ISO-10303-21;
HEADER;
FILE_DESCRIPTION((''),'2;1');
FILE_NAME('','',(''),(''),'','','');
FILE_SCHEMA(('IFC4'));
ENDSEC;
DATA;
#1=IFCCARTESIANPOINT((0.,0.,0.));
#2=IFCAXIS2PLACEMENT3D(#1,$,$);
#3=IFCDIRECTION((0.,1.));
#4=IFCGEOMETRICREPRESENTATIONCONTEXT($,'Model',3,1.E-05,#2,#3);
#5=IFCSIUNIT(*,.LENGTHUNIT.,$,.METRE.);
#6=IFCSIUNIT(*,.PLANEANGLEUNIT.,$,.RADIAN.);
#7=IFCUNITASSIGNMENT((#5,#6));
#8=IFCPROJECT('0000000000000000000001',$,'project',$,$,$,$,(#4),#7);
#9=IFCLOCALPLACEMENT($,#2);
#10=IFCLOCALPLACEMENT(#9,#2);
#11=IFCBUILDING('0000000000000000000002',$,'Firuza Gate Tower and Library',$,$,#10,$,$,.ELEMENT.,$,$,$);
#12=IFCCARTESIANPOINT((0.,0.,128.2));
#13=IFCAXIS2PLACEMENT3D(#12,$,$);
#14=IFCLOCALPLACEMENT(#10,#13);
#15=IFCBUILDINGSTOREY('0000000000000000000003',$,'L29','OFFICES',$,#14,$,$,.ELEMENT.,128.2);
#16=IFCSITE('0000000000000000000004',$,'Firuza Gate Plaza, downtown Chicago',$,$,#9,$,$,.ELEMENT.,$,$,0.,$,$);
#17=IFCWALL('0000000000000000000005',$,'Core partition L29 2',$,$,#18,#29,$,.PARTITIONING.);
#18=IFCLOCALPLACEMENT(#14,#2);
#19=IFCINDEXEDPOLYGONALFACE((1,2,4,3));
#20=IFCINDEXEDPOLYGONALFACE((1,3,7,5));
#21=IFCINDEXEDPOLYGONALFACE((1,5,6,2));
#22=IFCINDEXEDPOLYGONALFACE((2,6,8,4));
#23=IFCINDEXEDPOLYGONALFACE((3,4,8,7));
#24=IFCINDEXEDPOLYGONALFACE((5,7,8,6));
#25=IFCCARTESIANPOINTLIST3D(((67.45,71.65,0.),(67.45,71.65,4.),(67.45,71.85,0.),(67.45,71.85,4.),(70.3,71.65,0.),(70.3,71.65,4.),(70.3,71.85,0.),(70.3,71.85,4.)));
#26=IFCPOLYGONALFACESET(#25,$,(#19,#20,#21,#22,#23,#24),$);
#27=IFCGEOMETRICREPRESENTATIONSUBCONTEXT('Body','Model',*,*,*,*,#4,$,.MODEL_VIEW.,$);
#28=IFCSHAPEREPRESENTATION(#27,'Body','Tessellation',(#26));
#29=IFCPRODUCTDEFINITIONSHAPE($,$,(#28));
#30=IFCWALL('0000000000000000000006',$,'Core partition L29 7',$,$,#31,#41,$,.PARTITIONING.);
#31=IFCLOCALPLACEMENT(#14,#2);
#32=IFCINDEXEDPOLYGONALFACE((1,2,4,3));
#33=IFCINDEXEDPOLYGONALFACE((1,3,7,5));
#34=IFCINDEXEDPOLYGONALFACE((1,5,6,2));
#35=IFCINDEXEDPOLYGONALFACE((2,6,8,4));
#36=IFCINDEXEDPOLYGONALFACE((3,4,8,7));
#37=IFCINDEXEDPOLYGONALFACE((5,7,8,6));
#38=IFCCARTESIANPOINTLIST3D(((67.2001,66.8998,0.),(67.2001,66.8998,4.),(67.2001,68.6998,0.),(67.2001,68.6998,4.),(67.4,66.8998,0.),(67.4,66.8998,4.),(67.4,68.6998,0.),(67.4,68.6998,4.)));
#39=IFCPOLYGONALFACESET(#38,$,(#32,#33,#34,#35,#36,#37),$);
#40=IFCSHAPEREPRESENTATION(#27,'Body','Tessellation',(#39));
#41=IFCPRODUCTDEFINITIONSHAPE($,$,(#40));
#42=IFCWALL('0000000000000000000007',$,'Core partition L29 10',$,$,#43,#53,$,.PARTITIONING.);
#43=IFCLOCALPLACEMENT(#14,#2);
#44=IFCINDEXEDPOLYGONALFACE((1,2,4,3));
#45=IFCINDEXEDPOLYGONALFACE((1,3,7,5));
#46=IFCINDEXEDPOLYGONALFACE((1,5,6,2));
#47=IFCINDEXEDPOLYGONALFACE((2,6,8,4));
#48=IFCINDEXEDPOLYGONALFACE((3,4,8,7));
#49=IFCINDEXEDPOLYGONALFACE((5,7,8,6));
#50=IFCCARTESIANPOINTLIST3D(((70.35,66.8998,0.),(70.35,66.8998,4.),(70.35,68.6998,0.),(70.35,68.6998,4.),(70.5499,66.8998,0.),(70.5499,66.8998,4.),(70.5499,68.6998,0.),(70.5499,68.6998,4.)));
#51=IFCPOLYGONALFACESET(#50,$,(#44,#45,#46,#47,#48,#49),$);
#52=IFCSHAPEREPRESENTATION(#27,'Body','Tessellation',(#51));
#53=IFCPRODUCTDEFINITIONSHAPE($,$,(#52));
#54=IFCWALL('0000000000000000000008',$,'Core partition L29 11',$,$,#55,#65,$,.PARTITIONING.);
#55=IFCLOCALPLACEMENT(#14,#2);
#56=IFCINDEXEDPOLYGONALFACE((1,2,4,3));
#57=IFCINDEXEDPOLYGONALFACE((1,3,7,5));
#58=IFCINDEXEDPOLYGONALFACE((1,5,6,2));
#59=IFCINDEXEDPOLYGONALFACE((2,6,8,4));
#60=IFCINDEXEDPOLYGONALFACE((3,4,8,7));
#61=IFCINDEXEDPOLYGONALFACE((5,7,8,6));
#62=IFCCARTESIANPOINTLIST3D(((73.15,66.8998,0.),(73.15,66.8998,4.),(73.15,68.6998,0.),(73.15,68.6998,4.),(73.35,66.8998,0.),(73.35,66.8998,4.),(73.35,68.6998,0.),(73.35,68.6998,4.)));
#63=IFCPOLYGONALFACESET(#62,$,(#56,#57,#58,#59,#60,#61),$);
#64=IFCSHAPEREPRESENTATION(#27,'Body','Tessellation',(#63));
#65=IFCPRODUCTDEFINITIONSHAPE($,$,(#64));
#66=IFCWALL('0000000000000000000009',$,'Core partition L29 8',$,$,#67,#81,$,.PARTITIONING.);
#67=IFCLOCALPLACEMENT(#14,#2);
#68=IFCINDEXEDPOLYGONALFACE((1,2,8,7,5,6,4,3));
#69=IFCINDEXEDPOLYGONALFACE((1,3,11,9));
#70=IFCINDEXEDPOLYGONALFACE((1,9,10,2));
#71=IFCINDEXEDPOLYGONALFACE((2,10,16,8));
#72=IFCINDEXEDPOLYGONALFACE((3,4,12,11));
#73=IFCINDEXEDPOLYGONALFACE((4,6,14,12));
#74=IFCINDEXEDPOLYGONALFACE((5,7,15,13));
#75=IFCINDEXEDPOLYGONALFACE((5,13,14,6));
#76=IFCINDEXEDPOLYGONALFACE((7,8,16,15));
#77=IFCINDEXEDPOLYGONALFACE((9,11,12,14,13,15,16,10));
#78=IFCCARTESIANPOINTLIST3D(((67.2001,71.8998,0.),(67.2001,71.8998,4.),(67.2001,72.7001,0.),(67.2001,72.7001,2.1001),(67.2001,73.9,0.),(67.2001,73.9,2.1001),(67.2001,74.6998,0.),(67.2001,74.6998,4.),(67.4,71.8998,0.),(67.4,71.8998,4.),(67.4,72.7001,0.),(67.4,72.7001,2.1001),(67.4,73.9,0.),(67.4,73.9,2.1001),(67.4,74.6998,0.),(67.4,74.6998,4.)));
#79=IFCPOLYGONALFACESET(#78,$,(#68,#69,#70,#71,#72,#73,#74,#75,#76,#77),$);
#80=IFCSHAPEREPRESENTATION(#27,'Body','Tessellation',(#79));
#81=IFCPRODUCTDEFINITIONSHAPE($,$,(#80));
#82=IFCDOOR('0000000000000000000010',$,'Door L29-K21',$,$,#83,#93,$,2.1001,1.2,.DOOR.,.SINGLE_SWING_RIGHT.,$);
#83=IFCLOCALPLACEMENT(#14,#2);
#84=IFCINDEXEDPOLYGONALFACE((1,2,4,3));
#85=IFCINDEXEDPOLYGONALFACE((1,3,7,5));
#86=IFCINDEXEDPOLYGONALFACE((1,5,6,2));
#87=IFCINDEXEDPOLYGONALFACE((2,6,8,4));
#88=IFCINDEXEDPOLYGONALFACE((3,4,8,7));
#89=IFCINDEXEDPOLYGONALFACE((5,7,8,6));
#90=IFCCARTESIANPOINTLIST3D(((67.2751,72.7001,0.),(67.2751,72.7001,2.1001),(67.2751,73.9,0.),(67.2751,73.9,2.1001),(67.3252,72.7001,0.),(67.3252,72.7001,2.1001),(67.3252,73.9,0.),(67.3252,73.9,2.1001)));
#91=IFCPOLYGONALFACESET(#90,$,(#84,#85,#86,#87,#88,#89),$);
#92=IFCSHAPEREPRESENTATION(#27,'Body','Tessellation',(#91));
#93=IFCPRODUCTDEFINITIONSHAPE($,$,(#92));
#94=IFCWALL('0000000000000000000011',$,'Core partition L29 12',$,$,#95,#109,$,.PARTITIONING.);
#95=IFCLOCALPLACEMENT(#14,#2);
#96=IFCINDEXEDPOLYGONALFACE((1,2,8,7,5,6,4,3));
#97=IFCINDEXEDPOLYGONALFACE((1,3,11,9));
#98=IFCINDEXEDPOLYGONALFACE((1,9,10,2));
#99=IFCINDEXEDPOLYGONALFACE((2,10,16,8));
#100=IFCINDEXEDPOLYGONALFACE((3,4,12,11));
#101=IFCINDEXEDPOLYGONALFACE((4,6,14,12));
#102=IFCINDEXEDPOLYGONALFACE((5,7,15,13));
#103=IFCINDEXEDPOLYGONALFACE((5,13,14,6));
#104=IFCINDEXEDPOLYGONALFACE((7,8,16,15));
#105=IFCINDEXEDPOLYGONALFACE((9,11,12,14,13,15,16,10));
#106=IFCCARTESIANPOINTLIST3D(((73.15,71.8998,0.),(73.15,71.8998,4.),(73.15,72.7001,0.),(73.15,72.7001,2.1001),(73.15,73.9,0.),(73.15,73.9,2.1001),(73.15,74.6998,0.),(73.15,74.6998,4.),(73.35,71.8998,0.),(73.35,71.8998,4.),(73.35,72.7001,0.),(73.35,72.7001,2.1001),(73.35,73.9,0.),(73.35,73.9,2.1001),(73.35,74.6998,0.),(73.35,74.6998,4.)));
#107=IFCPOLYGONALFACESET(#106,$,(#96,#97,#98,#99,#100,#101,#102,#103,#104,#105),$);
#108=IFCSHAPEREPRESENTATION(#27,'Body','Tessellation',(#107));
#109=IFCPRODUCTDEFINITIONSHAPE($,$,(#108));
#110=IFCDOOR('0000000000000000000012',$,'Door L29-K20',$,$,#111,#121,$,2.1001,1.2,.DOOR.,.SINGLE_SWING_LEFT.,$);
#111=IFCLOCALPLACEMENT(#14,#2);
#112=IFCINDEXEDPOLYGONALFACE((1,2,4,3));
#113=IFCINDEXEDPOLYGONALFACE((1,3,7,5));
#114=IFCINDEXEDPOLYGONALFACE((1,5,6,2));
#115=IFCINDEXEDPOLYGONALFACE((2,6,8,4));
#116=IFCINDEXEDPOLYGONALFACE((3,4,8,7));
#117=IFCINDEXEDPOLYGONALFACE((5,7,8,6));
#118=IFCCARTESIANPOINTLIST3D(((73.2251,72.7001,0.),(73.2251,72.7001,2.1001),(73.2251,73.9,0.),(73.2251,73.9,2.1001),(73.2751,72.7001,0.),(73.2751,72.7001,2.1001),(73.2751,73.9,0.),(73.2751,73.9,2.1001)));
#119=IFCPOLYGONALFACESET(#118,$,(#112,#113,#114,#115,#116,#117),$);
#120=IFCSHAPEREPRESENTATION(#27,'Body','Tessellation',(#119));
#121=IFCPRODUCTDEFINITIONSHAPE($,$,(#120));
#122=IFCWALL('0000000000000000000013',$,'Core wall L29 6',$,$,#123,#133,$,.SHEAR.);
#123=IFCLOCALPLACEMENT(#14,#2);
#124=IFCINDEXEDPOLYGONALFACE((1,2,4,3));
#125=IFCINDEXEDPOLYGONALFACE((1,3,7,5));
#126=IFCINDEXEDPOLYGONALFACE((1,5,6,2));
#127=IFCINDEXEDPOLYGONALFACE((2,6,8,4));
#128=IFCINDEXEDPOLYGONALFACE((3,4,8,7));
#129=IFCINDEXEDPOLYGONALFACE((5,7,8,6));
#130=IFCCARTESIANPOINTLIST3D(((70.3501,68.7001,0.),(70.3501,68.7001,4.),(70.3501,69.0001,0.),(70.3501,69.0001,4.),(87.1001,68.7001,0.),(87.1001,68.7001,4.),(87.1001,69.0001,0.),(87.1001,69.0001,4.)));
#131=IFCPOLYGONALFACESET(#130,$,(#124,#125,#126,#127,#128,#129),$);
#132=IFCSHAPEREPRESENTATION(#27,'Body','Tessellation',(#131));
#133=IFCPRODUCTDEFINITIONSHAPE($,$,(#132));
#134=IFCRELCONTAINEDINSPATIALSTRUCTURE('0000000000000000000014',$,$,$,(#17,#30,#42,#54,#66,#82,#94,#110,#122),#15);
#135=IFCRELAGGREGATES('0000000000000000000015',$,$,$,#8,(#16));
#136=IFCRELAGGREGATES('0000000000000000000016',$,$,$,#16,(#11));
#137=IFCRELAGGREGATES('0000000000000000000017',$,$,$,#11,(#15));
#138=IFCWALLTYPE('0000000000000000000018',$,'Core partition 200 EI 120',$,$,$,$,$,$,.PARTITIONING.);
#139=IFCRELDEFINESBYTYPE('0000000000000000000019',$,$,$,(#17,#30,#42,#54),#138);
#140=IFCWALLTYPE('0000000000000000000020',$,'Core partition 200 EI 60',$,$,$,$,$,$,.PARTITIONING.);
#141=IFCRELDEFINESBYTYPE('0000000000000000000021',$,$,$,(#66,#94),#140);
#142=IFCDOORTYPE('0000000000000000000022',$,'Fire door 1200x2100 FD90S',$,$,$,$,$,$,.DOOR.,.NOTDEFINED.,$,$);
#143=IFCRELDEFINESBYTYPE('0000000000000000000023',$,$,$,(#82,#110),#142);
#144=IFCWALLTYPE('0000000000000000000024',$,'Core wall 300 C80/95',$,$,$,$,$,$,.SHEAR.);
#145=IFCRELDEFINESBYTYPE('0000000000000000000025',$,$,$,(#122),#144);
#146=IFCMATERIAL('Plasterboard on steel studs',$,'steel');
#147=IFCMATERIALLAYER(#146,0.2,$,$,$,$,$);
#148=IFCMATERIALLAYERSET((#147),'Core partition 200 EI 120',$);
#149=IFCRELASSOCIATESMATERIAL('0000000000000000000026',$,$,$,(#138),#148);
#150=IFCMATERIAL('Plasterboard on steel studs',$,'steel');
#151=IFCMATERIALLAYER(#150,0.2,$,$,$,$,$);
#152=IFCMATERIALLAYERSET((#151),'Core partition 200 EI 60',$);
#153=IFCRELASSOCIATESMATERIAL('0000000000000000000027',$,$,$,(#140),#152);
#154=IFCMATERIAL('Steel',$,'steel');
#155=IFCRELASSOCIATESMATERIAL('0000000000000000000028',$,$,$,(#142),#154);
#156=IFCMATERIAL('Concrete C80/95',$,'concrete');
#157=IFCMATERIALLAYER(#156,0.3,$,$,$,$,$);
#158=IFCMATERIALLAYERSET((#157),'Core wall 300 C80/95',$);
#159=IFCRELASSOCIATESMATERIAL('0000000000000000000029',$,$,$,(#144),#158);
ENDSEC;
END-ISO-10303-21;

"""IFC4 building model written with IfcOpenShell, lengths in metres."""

from ifc_helpers import new_model, si_unit, direction, frame, frame_2d, origin, place, context, subcontext, project, spatial, rectangle, extrude, material, layer, layer_set, type_object, element, fill, save


model = new_model("IFC4")

# Units and contexts
model_context = context("Model", 3, precision=1e-05, world=origin(), true_north=direction((0.0, 1.0)))
body_context = subcontext(model_context, "Body", "Model", "MODEL_VIEW")
ifc_project = project(units=[si_unit("LENGTHUNIT", "METRE"), si_unit("PLANEANGLEUNIT", "RADIAN")], contexts=[model_context])

# Site, building, storey
site_placement = place(None, origin())
site = spatial("IfcSite", under=ifc_project, at=site_placement, Name="Firuza Gate Plaza, downtown Chicago", CompositionType="ELEMENT", RefElevation=0.0)
building_placement = place(site_placement, origin())
building = spatial("IfcBuilding", under=site, at=building_placement, Name="Firuza Gate Tower and Library", CompositionType="ELEMENT")
storey_placement = place(building_placement, frame((0.0, 0.0, 128.2)))
storey = spatial("IfcBuildingStorey", under=building, at=storey_placement, Name="L29", Description="OFFICES", CompositionType="ELEMENT", Elevation=128.2)

# Walls
ifc_material_1 = material(Name="Plasterboard on steel studs", Category="steel")
ifc_layer_1 = layer(ifc_material_1, 0.2)
ifc_layer_set_1 = layer_set([ifc_layer_1], Name="Core partition 200 EI 120")
wall_type_1 = type_object("IfcWallType", Name="Core partition 200 EI 120", PredefinedType="PARTITIONING", material=ifc_layer_set_1)
wall_1_placement = place(storey_placement, frame((67.45, 71.75, 0.0), z_axis=(0.0, 0.0, 1.0), x_axis=(1.0, 0.0, 0.0)))
element("IfcWall", 1, at=wall_1_placement, inside=storey, type_object=wall_type_1, Name="Core partition L29 2", PredefinedType="PARTITIONING", context=body_context, shape_type="SweptSolid", body=[
    extrude(rectangle(XDim=2.8501, YDim=0.2, at=frame_2d((1.425, 0.0))), origin(), (0.0, 0.0, 1.0), 4.0),
])
for number, where, z_axis, x_axis, name in (
    (2, (67.3, 66.8999, 0.0), (0.0, 0.0, 1.0), (0.0, 1.0, 0.0), "Core partition L29 7"),
    (3, (70.45, 66.8999, 0.0), (0.0, 0.0, 1.0), (0.0, 1.0, 0.0), "Core partition L29 10"),
    (4, (73.25, 66.8999, 0.0), (0.0, 0.0, 1.0), (0.0, 1.0, 0.0), "Core partition L29 11"),
):
    element("IfcWall", number, at=place(storey_placement, frame(where, z_axis=z_axis, x_axis=x_axis)), inside=storey, type_object=wall_type_1, Name=name, PredefinedType="PARTITIONING", context=body_context, shape_type="SweptSolid", body=[
        extrude(rectangle(XDim=1.8, YDim=0.2, at=frame_2d((0.8999, 0.0))), origin(), (0.0, 0.0, 1.0), 4.0),
    ])

# Walls, openings, doors
ifc_material_2 = material(Name="Plasterboard on steel studs", Category="steel")
ifc_layer_2 = layer(ifc_material_2, 0.2)
ifc_layer_set_2 = layer_set([ifc_layer_2], Name="Core partition 200 EI 60")
wall_type_2 = type_object("IfcWallType", Name="Core partition 200 EI 60", PredefinedType="PARTITIONING", material=ifc_layer_set_2)
wall_2_placement = place(storey_placement, frame((67.3, 71.8999, 0.0), z_axis=(0.0, 0.0, 1.0), x_axis=(0.0, 1.0, 0.0)))
wall_2 = element("IfcWall", 5, at=wall_2_placement, inside=storey, type_object=wall_type_2, Name="Core partition L29 8", PredefinedType="PARTITIONING", context=body_context, shape_type="SweptSolid", body=[
    extrude(rectangle(XDim=2.8, YDim=0.2, at=frame_2d((1.3999, 0.0))), origin(), (0.0, 0.0, 1.0), 4.0),
])
opening_1_placement = place(wall_2_placement, frame((0.8, 0.0, 0.0)))
opening_1 = element("IfcOpeningElement", 6, at=opening_1_placement, cuts=wall_2, PredefinedType="OPENING", context=body_context, shape_type="SweptSolid", body=[
    extrude(rectangle(XDim=1.2, YDim=2.1001, at=frame_2d((0.6001, 1.05))), frame((0.0, 0.1099, 0.0), z_axis=(0.0, -1.0, 0.0), x_axis=(1.0, 0.0, 0.0)), (0.0, 0.0, 1.0), 0.22),
])
ifc_material_3 = material(Name="Steel", Category="steel")
door_type_1 = type_object("IfcDoorType", Name="Fire door 1200x2100 FD90S", OperationType="NOTDEFINED", PredefinedType="DOOR", material=ifc_material_3)
door_1_placement = place(opening_1_placement, origin())
door_1 = element("IfcDoor", 7, at=door_1_placement, inside=storey, type_object=door_type_1, Name="Door L29-K21", OperationType="SINGLE_SWING_RIGHT", OverallHeight=2.1001, OverallWidth=1.2, PredefinedType="DOOR", context=body_context, shape_type="SweptSolid", body=[
    extrude(rectangle(XDim=1.2, YDim=2.1001, at=frame_2d((0.6001, 1.05))), frame((0.0, 0.0249, 0.0), z_axis=(0.0, -1.0, 0.0), x_axis=(1.0, 0.0, 0.0)), (0.0, 0.0, 1.0), 0.05),
])
fill(opening_1, door_1)
wall_3_placement = place(storey_placement, frame((73.25, 71.8999, 0.0), z_axis=(0.0, 0.0, 1.0), x_axis=(0.0, 1.0, 0.0)))
wall_3 = element("IfcWall", 8, at=wall_3_placement, inside=storey, type_object=wall_type_2, Name="Core partition L29 12", PredefinedType="PARTITIONING", context=body_context, shape_type="SweptSolid", body=[
    extrude(rectangle(XDim=2.8, YDim=0.2, at=frame_2d((1.3999, 0.0))), origin(), (0.0, 0.0, 1.0), 4.0),
])
opening_2_placement = place(wall_3_placement, frame((0.8, 0.0, 0.0)))
opening_2 = element("IfcOpeningElement", 9, at=opening_2_placement, cuts=wall_3, PredefinedType="OPENING", context=body_context, shape_type="SweptSolid", body=[
    extrude(rectangle(XDim=1.2, YDim=2.1001, at=frame_2d((0.6001, 1.05))), frame((0.0, 0.1099, 0.0), z_axis=(0.0, -1.0, 0.0), x_axis=(1.0, 0.0, 0.0)), (0.0, 0.0, 1.0), 0.22),
])
door_2_placement = place(opening_2_placement, origin())
door_2 = element("IfcDoor", 10, at=door_2_placement, inside=storey, type_object=door_type_1, Name="Door L29-K20", OperationType="SINGLE_SWING_LEFT", OverallHeight=2.1001, OverallWidth=1.2, PredefinedType="DOOR", context=body_context, shape_type="SweptSolid", body=[
    extrude(rectangle(XDim=1.2, YDim=2.1001, at=frame_2d((0.6001, 1.05))), frame((0.0, 0.0249, 0.0), z_axis=(0.0, -1.0, 0.0), x_axis=(1.0, 0.0, 0.0)), (0.0, 0.0, 1.0), 0.05),
])
fill(opening_2, door_2)

# Wall
ifc_material_4 = material(Name="Concrete C80/95", Category="concrete")
ifc_layer_3 = layer(ifc_material_4, 0.3)
ifc_layer_set_3 = layer_set([ifc_layer_3], Name="Core wall 300 C80/95")
wall_type_3 = type_object("IfcWallType", Name="Core wall 300 C80/95", PredefinedType="SHEAR", material=ifc_layer_set_3)
wall_4_placement = place(storey_placement, frame((70.3501, 68.8501, 0.0), z_axis=(0.0, 0.0, 1.0), x_axis=(1.0, 0.0, 0.0)))
element("IfcWall", 11, at=wall_4_placement, inside=storey, type_object=wall_type_3, Name="Core wall L29 6", PredefinedType="SHEAR", context=body_context, shape_type="SweptSolid", body=[
    extrude(rectangle(XDim=16.75, YDim=0.3, at=frame_2d((8.375, 0.0))), origin(), (0.0, 0.0, 1.0), 4.0),
])

save(model, "model.ifc")
